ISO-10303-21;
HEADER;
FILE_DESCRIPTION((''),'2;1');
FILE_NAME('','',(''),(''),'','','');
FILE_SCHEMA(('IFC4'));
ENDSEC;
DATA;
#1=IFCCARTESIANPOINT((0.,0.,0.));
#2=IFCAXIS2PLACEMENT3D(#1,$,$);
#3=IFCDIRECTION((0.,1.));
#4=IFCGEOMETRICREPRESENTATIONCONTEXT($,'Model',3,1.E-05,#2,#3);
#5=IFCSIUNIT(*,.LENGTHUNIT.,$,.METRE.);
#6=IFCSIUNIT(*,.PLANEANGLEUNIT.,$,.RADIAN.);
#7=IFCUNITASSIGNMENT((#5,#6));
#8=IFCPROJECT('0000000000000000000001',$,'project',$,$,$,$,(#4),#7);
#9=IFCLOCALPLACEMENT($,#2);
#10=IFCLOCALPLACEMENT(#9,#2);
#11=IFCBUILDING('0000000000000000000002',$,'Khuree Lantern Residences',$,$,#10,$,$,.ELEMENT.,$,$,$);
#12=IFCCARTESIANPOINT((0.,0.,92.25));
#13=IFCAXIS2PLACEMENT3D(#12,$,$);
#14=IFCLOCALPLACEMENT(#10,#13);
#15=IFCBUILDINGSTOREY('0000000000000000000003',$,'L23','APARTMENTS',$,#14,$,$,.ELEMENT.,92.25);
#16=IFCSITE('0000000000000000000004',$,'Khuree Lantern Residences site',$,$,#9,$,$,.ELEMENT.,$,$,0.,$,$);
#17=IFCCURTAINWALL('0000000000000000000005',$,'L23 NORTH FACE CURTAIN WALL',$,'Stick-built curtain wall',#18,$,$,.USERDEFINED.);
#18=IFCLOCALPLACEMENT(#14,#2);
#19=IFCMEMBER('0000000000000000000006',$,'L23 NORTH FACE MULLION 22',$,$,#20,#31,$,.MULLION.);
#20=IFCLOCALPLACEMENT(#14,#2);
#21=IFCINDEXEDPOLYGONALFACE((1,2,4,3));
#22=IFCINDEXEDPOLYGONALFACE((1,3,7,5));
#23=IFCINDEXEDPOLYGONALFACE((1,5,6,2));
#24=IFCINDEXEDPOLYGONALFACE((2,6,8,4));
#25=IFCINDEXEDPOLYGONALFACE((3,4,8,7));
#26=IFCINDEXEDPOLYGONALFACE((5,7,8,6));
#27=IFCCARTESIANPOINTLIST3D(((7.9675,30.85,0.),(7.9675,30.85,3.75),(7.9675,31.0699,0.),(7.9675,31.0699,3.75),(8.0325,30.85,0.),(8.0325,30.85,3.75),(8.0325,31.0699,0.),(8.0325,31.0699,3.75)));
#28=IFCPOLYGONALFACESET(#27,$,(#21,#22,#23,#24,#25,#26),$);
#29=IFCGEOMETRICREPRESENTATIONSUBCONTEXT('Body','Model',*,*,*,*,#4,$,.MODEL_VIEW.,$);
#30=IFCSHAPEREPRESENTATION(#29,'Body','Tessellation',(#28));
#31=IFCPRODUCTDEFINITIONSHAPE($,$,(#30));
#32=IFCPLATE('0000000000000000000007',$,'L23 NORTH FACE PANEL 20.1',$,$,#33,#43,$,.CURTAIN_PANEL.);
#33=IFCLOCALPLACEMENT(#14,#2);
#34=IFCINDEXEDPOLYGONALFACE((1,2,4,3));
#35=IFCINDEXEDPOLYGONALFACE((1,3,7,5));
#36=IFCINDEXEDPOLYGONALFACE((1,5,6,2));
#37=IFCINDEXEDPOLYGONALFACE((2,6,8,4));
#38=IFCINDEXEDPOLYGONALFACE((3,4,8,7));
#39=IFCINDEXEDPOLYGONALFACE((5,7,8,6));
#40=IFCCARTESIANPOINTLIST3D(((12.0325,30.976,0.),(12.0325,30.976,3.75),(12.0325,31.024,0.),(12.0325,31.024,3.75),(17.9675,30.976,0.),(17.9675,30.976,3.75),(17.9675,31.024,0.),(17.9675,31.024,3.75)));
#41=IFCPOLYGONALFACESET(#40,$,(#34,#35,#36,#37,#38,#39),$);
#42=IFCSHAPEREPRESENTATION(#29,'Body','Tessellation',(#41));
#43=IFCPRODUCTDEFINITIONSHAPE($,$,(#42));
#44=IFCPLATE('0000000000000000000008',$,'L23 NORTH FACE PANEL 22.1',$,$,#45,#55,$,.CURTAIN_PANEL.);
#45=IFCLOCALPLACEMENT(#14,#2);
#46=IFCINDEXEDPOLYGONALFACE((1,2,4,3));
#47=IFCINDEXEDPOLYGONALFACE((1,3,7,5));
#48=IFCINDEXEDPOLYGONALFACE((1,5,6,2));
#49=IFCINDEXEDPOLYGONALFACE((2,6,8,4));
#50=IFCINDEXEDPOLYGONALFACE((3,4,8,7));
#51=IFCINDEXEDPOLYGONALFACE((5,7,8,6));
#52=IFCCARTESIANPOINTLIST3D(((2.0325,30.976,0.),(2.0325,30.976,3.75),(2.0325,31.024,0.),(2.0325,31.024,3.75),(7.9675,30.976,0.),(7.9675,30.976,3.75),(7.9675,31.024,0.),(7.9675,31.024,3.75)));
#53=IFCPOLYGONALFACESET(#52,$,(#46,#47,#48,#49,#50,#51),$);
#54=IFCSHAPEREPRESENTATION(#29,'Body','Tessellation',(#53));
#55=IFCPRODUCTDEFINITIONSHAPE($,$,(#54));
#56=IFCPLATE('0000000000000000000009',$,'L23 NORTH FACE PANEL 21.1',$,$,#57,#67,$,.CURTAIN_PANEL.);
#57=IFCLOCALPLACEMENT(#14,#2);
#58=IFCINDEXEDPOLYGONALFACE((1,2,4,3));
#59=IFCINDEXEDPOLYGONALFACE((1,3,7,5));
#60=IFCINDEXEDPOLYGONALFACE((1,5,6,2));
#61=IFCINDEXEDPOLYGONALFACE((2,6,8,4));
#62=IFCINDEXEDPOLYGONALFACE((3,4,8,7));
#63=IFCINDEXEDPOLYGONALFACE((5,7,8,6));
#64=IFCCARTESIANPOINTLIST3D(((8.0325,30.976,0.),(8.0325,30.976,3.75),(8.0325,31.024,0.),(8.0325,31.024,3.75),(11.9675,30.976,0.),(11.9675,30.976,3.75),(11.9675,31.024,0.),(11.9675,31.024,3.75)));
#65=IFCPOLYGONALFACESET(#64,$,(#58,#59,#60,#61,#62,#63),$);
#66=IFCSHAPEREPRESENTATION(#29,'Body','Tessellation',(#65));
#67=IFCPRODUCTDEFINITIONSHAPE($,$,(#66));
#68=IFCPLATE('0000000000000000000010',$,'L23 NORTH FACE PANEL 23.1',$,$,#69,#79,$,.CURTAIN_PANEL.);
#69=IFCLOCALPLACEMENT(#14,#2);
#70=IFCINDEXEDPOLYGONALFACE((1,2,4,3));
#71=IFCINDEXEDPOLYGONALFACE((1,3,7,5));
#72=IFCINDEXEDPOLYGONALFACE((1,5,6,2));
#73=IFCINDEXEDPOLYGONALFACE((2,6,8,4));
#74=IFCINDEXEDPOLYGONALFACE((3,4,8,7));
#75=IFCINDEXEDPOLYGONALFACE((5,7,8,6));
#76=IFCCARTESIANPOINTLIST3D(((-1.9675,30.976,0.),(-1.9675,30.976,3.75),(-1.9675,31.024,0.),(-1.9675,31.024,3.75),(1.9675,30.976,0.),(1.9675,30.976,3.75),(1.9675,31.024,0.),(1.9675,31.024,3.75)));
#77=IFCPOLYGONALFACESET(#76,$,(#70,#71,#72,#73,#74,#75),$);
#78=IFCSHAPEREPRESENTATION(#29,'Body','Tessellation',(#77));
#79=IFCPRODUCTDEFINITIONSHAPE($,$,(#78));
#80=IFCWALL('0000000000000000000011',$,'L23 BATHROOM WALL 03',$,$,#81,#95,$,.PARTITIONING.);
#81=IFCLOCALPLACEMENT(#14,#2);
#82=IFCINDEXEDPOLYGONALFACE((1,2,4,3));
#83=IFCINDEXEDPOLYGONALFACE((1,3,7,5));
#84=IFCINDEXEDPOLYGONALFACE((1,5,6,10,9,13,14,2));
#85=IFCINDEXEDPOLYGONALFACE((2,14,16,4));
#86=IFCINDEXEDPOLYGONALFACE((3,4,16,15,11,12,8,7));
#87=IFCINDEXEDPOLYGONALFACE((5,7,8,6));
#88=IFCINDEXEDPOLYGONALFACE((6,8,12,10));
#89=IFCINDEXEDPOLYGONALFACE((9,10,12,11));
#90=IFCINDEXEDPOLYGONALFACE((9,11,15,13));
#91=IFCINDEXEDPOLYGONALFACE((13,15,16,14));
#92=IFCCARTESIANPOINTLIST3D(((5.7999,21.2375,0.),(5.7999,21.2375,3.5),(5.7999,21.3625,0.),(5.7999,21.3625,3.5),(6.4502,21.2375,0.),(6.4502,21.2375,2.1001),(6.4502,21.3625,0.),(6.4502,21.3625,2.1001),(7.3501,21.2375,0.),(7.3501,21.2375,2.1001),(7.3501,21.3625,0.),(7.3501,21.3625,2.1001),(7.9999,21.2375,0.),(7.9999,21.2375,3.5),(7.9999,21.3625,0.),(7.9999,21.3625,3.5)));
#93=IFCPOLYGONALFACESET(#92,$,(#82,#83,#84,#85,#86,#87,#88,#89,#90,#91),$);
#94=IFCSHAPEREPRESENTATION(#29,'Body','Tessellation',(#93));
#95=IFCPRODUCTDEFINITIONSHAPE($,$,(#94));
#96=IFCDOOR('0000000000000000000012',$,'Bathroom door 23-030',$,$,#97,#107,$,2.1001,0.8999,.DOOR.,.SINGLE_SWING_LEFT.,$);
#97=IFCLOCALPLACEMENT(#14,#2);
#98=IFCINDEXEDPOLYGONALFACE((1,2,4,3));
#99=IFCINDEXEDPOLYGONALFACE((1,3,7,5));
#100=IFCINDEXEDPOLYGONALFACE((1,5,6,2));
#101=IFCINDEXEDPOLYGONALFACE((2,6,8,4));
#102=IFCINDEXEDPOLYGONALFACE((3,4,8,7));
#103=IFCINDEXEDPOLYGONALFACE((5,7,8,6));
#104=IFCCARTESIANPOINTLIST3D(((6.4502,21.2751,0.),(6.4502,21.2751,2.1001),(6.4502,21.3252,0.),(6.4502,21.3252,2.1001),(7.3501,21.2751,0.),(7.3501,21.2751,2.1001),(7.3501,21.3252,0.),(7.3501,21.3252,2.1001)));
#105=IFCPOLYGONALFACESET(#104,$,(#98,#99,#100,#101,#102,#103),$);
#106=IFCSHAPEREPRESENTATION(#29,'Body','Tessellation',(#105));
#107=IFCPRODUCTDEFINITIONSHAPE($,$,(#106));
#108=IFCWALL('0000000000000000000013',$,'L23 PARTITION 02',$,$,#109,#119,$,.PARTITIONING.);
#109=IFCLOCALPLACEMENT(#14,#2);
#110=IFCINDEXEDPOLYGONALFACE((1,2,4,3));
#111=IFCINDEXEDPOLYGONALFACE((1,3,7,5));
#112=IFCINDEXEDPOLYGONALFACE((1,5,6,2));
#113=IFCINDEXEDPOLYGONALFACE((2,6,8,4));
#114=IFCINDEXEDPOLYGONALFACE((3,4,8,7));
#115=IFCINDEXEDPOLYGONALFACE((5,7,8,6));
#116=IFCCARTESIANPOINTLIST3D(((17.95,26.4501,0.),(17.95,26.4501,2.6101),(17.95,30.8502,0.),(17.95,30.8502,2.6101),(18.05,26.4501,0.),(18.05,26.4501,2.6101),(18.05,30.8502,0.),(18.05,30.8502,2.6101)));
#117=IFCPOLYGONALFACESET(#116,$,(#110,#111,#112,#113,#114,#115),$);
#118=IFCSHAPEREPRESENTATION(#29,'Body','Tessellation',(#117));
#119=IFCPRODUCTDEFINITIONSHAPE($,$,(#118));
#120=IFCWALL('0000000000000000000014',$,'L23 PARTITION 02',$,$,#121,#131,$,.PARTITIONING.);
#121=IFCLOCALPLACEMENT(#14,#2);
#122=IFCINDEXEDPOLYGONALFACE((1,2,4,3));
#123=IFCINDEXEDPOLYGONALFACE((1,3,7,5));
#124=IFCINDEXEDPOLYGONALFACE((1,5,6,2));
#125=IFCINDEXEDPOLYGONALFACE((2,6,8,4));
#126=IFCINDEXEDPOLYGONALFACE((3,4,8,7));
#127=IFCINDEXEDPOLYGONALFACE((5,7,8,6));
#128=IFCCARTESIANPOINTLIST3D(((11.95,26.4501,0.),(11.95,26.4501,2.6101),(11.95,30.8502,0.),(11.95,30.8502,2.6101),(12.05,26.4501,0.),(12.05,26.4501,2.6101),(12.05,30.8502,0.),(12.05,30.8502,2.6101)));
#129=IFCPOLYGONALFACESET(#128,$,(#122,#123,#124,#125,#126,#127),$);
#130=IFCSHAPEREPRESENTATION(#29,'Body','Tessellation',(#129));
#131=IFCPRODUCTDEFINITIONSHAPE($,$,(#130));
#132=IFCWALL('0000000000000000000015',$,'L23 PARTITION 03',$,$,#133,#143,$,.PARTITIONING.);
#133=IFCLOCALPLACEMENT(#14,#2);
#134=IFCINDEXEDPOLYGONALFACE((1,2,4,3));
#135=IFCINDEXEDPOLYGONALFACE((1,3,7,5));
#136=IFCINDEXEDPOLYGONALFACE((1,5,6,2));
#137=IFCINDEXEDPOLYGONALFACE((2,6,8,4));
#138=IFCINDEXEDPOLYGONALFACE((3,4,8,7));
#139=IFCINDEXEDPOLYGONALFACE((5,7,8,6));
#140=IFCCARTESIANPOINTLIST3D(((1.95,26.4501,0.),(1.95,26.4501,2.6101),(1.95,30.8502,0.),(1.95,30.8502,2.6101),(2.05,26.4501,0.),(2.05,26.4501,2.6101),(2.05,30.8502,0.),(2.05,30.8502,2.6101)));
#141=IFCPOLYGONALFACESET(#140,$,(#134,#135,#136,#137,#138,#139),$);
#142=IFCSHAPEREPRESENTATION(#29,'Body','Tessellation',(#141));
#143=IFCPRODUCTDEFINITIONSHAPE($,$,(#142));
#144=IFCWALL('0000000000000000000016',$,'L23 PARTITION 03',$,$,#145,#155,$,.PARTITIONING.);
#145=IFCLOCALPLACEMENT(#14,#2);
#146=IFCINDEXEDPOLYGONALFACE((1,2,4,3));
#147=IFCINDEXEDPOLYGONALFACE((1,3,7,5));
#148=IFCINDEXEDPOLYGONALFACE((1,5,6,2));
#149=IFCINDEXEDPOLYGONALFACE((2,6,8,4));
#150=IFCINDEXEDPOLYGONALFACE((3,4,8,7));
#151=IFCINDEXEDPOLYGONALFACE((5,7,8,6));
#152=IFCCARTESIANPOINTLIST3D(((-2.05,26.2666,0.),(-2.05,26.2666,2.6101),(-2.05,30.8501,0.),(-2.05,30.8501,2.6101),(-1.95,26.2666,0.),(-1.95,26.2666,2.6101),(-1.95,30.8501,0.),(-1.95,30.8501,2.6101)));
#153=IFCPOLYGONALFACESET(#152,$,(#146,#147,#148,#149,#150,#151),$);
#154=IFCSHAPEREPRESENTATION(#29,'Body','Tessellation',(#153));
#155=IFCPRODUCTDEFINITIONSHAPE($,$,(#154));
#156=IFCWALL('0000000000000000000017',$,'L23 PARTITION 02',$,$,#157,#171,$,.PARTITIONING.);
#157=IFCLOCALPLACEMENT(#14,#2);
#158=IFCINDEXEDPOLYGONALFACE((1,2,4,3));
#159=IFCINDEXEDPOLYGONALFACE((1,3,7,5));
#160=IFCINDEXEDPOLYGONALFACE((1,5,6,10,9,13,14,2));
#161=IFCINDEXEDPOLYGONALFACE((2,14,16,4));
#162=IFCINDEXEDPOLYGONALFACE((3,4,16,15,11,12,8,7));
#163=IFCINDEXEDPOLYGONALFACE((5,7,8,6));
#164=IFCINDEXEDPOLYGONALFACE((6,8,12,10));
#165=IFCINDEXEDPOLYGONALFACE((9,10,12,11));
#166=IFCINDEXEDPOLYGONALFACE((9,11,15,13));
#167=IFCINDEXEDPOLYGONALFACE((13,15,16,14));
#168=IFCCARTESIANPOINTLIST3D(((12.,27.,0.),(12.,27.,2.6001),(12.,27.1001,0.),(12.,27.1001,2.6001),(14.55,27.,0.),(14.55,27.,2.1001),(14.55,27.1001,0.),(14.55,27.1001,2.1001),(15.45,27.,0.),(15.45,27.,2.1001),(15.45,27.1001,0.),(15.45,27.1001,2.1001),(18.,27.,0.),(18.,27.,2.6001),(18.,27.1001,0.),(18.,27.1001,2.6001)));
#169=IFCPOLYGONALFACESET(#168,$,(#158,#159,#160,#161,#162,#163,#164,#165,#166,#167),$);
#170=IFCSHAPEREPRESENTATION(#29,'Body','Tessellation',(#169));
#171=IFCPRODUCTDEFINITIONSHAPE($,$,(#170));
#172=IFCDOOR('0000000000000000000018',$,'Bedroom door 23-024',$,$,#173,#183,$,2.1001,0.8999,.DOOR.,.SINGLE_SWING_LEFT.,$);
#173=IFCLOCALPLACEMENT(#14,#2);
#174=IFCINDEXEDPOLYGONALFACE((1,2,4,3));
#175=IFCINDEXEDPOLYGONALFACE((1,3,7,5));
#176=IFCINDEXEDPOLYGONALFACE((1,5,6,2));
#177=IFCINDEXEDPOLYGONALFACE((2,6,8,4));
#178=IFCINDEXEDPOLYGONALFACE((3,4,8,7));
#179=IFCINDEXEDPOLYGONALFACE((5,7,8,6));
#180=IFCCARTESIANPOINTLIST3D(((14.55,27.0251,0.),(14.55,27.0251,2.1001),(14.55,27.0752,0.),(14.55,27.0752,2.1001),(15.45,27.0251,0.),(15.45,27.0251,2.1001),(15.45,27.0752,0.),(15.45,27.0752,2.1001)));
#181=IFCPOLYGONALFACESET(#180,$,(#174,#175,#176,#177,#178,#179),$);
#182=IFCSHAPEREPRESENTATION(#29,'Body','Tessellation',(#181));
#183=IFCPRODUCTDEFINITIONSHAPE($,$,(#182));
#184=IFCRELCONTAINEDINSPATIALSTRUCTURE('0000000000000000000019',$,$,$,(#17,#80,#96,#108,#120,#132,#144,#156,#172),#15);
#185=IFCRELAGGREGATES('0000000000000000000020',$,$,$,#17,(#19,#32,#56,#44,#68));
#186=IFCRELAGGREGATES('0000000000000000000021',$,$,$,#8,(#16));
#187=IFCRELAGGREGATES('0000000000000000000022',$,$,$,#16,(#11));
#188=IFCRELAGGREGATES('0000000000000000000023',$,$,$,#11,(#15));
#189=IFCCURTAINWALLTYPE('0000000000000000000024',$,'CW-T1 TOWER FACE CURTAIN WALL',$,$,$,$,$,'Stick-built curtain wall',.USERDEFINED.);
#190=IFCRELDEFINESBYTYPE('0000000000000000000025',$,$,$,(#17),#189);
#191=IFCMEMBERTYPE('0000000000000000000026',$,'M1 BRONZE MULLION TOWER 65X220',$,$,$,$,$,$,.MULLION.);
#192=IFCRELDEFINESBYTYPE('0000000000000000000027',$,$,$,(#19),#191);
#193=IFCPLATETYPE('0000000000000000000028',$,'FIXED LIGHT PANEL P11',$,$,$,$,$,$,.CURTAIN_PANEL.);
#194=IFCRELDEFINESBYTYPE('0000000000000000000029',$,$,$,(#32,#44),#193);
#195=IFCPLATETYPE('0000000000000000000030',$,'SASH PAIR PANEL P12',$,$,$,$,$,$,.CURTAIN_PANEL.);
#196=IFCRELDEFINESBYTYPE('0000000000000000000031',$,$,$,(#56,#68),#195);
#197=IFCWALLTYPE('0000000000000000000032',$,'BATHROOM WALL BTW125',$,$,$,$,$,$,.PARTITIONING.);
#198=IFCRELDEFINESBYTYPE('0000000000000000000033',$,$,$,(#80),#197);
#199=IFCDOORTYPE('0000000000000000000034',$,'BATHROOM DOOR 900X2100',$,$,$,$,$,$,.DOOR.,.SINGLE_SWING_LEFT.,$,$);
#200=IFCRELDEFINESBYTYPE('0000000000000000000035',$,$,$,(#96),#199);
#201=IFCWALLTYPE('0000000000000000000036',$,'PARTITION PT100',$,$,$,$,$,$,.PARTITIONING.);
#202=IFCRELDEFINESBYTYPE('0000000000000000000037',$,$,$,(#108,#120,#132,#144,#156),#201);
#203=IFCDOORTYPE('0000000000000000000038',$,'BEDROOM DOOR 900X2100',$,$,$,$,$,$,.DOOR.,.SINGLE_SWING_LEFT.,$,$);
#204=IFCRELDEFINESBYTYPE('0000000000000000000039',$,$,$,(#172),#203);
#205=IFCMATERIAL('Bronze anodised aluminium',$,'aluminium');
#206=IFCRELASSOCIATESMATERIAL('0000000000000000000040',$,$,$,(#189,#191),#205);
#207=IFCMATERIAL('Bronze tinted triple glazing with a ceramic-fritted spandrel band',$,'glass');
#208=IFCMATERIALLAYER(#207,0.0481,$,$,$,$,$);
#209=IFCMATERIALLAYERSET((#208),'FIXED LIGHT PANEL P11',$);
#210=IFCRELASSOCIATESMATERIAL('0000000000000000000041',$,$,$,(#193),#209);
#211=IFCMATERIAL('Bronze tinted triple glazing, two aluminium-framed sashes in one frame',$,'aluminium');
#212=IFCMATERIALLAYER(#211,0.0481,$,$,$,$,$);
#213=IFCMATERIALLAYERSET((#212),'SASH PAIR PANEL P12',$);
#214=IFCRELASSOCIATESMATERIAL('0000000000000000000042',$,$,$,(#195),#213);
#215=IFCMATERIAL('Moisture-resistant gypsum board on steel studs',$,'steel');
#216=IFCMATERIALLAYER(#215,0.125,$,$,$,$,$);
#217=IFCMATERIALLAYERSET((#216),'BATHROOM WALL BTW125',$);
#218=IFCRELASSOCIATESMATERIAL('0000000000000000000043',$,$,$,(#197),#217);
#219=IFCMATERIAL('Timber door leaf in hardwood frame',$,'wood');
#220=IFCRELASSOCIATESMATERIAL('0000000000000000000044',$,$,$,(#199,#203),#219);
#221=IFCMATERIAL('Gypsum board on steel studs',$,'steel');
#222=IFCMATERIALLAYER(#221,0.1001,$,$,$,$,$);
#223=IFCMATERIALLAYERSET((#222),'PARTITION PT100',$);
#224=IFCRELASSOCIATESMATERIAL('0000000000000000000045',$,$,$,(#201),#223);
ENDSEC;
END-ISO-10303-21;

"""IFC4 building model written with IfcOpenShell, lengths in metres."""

from ifc_helpers import new_model, si_unit, direction, frame, frame_2d, origin, origin_2d, place, context, subcontext, project, spatial, rectangle, extrude, material, layer, layer_set, material_profile, profile_set, type_object, element, fill, aggregate, save


model = new_model("IFC4")

# Units and contexts
model_context = context("Model", 3, precision=1e-05, world=origin(), true_north=direction((0.0, 1.0)))
body_context = subcontext(model_context, "Body", "Model", "MODEL_VIEW")
ifc_project = project(units=[si_unit("LENGTHUNIT", "METRE"), si_unit("PLANEANGLEUNIT", "RADIAN")], contexts=[model_context])

# Site, building, storey
site_placement = place(None, origin())
site = spatial("IfcSite", under=ifc_project, at=site_placement, Name="Khuree Lantern Residences site", CompositionType="ELEMENT", RefElevation=0.0)
building_placement = place(site_placement, origin())
building = spatial("IfcBuilding", under=site, at=building_placement, Name="Khuree Lantern Residences", CompositionType="ELEMENT")
storey_placement = place(building_placement, frame((0.0, 0.0, 92.25)))
storey = spatial("IfcBuildingStorey", under=building, at=storey_placement, Name="L23", Description="APARTMENTS", CompositionType="ELEMENT", Elevation=92.25)

# Curtain wall
ifc_material_1 = material(Name="Bronze anodised aluminium", Category="aluminium")
curtain_wall_type = type_object("IfcCurtainWallType", Name="CW-T1 TOWER FACE CURTAIN WALL", ElementType="Stick-built curtain wall", PredefinedType="USERDEFINED", material=ifc_material_1)
curtain_wall_placement = place(storey_placement, origin())
curtain_wall = element("IfcCurtainWall", 1, at=curtain_wall_placement, inside=storey, type_object=curtain_wall_type, Name="L23 NORTH FACE CURTAIN WALL", ObjectType="Stick-built curtain wall", PredefinedType="USERDEFINED")

# Member
ifc_material_profile_1 = material_profile(ifc_material_1, rectangle(XDim=0.0649, YDim=0.22, at=origin_2d()), Name="M1 65X220")
ifc_profile_set_1 = profile_set([ifc_material_profile_1], Name="Bronze anodised aluminium")
member_type_1 = type_object("IfcMemberType", Name="M1 BRONZE MULLION TOWER 65X220", PredefinedType="MULLION", material=ifc_profile_set_1)
member_1_placement = place(storey_placement, frame((8.0, 30.96, 0.0), z_axis=(0.0, 0.0, 1.0), x_axis=(-1.0, 0.0, 0.0)))
member_1 = element("IfcMember", 2, at=member_1_placement, type_object=member_type_1, Name="L23 NORTH FACE MULLION 22", PredefinedType="MULLION", context=body_context, shape_type="SweptSolid", body=[
    extrude(rectangle(XDim=0.0649, YDim=0.22, at=origin_2d()), origin(), (0.0, 0.0, 1.0), 3.75),
])

# Plates
ifc_material_2 = material(Name="Bronze tinted triple glazing with a ceramic-fritted spandrel band", Category="glass")
ifc_layer_1 = layer(ifc_material_2, 0.0481)
ifc_layer_set_1 = layer_set([ifc_layer_1], Name="FIXED LIGHT PANEL P11")
plate_type_1 = type_object("IfcPlateType", Name="FIXED LIGHT PANEL P11", PredefinedType="CURTAIN_PANEL", material=ifc_layer_set_1)
plate_1_placement = place(storey_placement, frame((15.0, 31.0, 0.0), z_axis=(0.0, 0.0, 1.0), x_axis=(-1.0, 0.0, 0.0)))
plate_1 = element("IfcPlate", 3, at=plate_1_placement, type_object=plate_type_1, Name="L23 NORTH FACE PANEL 20.1", PredefinedType="CURTAIN_PANEL", context=body_context, shape_type="SweptSolid", body=[
    extrude(rectangle(XDim=5.9351, YDim=0.0481, at=origin_2d()), origin(), (0.0, 0.0, 1.0), 3.75),
])
plate_2_placement = place(storey_placement, frame((5.0, 31.0, 0.0), z_axis=(0.0, 0.0, 1.0), x_axis=(-1.0, 0.0, 0.0)))
plate_2 = element("IfcPlate", 4, at=plate_2_placement, type_object=plate_type_1, Name="L23 NORTH FACE PANEL 22.1", PredefinedType="CURTAIN_PANEL", context=body_context, shape_type="SweptSolid", body=[
    extrude(rectangle(XDim=5.9351, YDim=0.0481, at=origin_2d()), origin(), (0.0, 0.0, 1.0), 3.75),
])
ifc_material_3 = material(Name="Bronze tinted triple glazing, two aluminium-framed sashes in one frame", Category="aluminium")
ifc_layer_2 = layer(ifc_material_3, 0.0481)
ifc_layer_set_2 = layer_set([ifc_layer_2], Name="SASH PAIR PANEL P12")
plate_type_2 = type_object("IfcPlateType", Name="SASH PAIR PANEL P12", PredefinedType="CURTAIN_PANEL", material=ifc_layer_set_2)
plate_3_placement = place(storey_placement, frame((10.0, 31.0, 0.0), z_axis=(0.0, 0.0, 1.0), x_axis=(-1.0, 0.0, 0.0)))
plate_3 = element("IfcPlate", 5, at=plate_3_placement, type_object=plate_type_2, Name="L23 NORTH FACE PANEL 21.1", PredefinedType="CURTAIN_PANEL", context=body_context, shape_type="SweptSolid", body=[
    extrude(rectangle(XDim=3.9351, YDim=0.0481, at=origin_2d()), origin(), (0.0, 0.0, 1.0), 3.75),
])
plate_4_placement = place(storey_placement, frame((0.0, 31.0, 0.0), z_axis=(0.0, 0.0, 1.0), x_axis=(-1.0, 0.0, 0.0)))
plate_4 = element("IfcPlate", 6, at=plate_4_placement, type_object=plate_type_2, Name="L23 NORTH FACE PANEL 23.1", PredefinedType="CURTAIN_PANEL", context=body_context, shape_type="SweptSolid", body=[
    extrude(rectangle(XDim=3.9351, YDim=0.0481, at=origin_2d()), origin(), (0.0, 0.0, 1.0), 3.75),
])
aggregate(curtain_wall, [member_1, plate_1, plate_3, plate_2, plate_4])

# Wall, opening, door
ifc_material_4 = material(Name="Moisture-resistant gypsum board on steel studs", Category="steel")
ifc_layer_3 = layer(ifc_material_4, 0.125)
ifc_layer_set_3 = layer_set([ifc_layer_3], Name="BATHROOM WALL BTW125")
wall_type_1 = type_object("IfcWallType", Name="BATHROOM WALL BTW125", PredefinedType="PARTITIONING", material=ifc_layer_set_3)
wall_1_placement = place(storey_placement, frame((8.0, 21.3, 0.0), z_axis=(0.0, 0.0, 1.0), x_axis=(-1.0, 0.0, 0.0)))
wall_1 = element("IfcWall", 7, at=wall_1_placement, inside=storey, type_object=wall_type_1, Name="L23 BATHROOM WALL 03", PredefinedType="PARTITIONING", context=body_context, shape_type="SweptSolid", body=[
    extrude(rectangle(XDim=2.2, YDim=0.125, at=frame_2d((1.1001, 0.0))), origin(), (0.0, 0.0, 1.0), 3.5),
])
opening_1_placement = place(wall_1_placement, frame((0.6499, 0.0, 0.0)))
opening_1 = element("IfcOpeningElement", 8, at=opening_1_placement, cuts=wall_1, PredefinedType="OPENING", context=body_context, shape_type="SweptSolid", body=[
    extrude(rectangle(XDim=0.8999, YDim=2.1001, at=frame_2d((0.45, 1.05))), frame((0.0, 0.0725, 0.0), z_axis=(0.0, -1.0, 0.0), x_axis=(1.0, 0.0, 0.0)), (0.0, 0.0, 1.0), 0.145),
])
ifc_material_5 = material(Name="Timber door leaf in hardwood frame", Category="wood")
door_type_1 = type_object("IfcDoorType", Name="BATHROOM DOOR 900X2100", OperationType="SINGLE_SWING_LEFT", PredefinedType="DOOR", material=ifc_material_5)
door_1_placement = place(opening_1_placement, origin())
door_1 = element("IfcDoor", 9, at=door_1_placement, inside=storey, type_object=door_type_1, Name="Bathroom door 23-030", OperationType="SINGLE_SWING_LEFT", OverallHeight=2.1001, OverallWidth=0.8999, PredefinedType="DOOR", context=body_context, shape_type="SweptSolid", body=[
    extrude(rectangle(XDim=0.8999, YDim=2.1001, at=frame_2d((0.45, 1.05))), frame((0.0, 0.0249, 0.0), z_axis=(0.0, -1.0, 0.0), x_axis=(1.0, 0.0, 0.0)), (0.0, 0.0, 1.0), 0.05),
])
fill(opening_1, door_1)

# Walls
ifc_material_6 = material(Name="Gypsum board on steel studs", Category="steel")
ifc_layer_4 = layer(ifc_material_6, 0.1001)
ifc_layer_set_4 = layer_set([ifc_layer_4], Name="PARTITION PT100")
wall_type_2 = type_object("IfcWallType", Name="PARTITION PT100", PredefinedType="PARTITIONING", material=ifc_layer_set_4)
for number, where, z_axis, x_axis, name in (
    (10, (18.0, 26.45, 0.0), (0.0, 0.0, 1.0), (0.0, 1.0, 0.0), "L23 PARTITION 02"),
    (11, (12.0, 26.45, 0.0), (0.0, 0.0, 1.0), (0.0, 1.0, 0.0), "L23 PARTITION 02"),
    (12, (2.0, 26.45, 0.0), (0.0, 0.0, 1.0), (0.0, 1.0, 0.0), "L23 PARTITION 03"),
):
    element("IfcWall", number, at=place(storey_placement, frame(where, z_axis=z_axis, x_axis=x_axis)), inside=storey, type_object=wall_type_2, Name=name, PredefinedType="PARTITIONING", context=body_context, shape_type="SweptSolid", body=[
        extrude(rectangle(XDim=4.4001, YDim=0.1001, at=frame_2d((2.2002, 0.0))), origin(), (0.0, 0.0, 1.0), 2.6101),
    ])
wall_2_placement = place(storey_placement, frame((-2.0, 26.2666, 0.0), z_axis=(0.0, 0.0, 1.0), x_axis=(0.0, 1.0, 0.0)))
element("IfcWall", 13, at=wall_2_placement, inside=storey, type_object=wall_type_2, Name="L23 PARTITION 03", PredefinedType="PARTITIONING", context=body_context, shape_type="SweptSolid", body=[
    extrude(rectangle(XDim=4.5835, YDim=0.1001, at=frame_2d((2.2917, 0.0))), origin(), (0.0, 0.0, 1.0), 2.6101),
])

# Wall, opening, door
wall_3_placement = place(storey_placement, frame((18.0, 27.05, 0.0), z_axis=(0.0, 0.0, 1.0), x_axis=(-1.0, 0.0, 0.0)))
wall_3 = element("IfcWall", 14, at=wall_3_placement, inside=storey, type_object=wall_type_2, Name="L23 PARTITION 02", PredefinedType="PARTITIONING", context=body_context, shape_type="SweptSolid", body=[
    extrude(rectangle(XDim=6.0, YDim=0.1001, at=frame_2d((3.0, 0.0))), origin(), (0.0, 0.0, 1.0), 2.6001),
])
opening_2_placement = place(wall_3_placement, frame((2.55, 0.0, 0.0)))
opening_2 = element("IfcOpeningElement", 15, at=opening_2_placement, cuts=wall_3, PredefinedType="OPENING", context=body_context, shape_type="SweptSolid", body=[
    extrude(rectangle(XDim=0.8999, YDim=2.1001, at=frame_2d((0.45, 1.05))), frame((0.0, 0.0601, 0.0), z_axis=(0.0, -1.0, 0.0), x_axis=(1.0, 0.0, 0.0)), (0.0, 0.0, 1.0), 0.1201),
])
door_type_2 = type_object("IfcDoorType", Name="BEDROOM DOOR 900X2100", OperationType="SINGLE_SWING_LEFT", PredefinedType="DOOR", material=ifc_material_5)
door_2_placement = place(opening_2_placement, origin())
door_2 = element("IfcDoor", 16, at=door_2_placement, inside=storey, type_object=door_type_2, Name="Bedroom door 23-024", OperationType="SINGLE_SWING_LEFT", OverallHeight=2.1001, OverallWidth=0.8999, PredefinedType="DOOR", context=body_context, shape_type="SweptSolid", body=[
    extrude(rectangle(XDim=0.8999, YDim=2.1001, at=frame_2d((0.45, 1.05))), frame((0.0, 0.0249, 0.0), z_axis=(0.0, -1.0, 0.0), x_axis=(1.0, 0.0, 0.0)), (0.0, 0.0, 1.0), 0.05),
])
fill(opening_2, door_2)

save(model, "model.ifc")
